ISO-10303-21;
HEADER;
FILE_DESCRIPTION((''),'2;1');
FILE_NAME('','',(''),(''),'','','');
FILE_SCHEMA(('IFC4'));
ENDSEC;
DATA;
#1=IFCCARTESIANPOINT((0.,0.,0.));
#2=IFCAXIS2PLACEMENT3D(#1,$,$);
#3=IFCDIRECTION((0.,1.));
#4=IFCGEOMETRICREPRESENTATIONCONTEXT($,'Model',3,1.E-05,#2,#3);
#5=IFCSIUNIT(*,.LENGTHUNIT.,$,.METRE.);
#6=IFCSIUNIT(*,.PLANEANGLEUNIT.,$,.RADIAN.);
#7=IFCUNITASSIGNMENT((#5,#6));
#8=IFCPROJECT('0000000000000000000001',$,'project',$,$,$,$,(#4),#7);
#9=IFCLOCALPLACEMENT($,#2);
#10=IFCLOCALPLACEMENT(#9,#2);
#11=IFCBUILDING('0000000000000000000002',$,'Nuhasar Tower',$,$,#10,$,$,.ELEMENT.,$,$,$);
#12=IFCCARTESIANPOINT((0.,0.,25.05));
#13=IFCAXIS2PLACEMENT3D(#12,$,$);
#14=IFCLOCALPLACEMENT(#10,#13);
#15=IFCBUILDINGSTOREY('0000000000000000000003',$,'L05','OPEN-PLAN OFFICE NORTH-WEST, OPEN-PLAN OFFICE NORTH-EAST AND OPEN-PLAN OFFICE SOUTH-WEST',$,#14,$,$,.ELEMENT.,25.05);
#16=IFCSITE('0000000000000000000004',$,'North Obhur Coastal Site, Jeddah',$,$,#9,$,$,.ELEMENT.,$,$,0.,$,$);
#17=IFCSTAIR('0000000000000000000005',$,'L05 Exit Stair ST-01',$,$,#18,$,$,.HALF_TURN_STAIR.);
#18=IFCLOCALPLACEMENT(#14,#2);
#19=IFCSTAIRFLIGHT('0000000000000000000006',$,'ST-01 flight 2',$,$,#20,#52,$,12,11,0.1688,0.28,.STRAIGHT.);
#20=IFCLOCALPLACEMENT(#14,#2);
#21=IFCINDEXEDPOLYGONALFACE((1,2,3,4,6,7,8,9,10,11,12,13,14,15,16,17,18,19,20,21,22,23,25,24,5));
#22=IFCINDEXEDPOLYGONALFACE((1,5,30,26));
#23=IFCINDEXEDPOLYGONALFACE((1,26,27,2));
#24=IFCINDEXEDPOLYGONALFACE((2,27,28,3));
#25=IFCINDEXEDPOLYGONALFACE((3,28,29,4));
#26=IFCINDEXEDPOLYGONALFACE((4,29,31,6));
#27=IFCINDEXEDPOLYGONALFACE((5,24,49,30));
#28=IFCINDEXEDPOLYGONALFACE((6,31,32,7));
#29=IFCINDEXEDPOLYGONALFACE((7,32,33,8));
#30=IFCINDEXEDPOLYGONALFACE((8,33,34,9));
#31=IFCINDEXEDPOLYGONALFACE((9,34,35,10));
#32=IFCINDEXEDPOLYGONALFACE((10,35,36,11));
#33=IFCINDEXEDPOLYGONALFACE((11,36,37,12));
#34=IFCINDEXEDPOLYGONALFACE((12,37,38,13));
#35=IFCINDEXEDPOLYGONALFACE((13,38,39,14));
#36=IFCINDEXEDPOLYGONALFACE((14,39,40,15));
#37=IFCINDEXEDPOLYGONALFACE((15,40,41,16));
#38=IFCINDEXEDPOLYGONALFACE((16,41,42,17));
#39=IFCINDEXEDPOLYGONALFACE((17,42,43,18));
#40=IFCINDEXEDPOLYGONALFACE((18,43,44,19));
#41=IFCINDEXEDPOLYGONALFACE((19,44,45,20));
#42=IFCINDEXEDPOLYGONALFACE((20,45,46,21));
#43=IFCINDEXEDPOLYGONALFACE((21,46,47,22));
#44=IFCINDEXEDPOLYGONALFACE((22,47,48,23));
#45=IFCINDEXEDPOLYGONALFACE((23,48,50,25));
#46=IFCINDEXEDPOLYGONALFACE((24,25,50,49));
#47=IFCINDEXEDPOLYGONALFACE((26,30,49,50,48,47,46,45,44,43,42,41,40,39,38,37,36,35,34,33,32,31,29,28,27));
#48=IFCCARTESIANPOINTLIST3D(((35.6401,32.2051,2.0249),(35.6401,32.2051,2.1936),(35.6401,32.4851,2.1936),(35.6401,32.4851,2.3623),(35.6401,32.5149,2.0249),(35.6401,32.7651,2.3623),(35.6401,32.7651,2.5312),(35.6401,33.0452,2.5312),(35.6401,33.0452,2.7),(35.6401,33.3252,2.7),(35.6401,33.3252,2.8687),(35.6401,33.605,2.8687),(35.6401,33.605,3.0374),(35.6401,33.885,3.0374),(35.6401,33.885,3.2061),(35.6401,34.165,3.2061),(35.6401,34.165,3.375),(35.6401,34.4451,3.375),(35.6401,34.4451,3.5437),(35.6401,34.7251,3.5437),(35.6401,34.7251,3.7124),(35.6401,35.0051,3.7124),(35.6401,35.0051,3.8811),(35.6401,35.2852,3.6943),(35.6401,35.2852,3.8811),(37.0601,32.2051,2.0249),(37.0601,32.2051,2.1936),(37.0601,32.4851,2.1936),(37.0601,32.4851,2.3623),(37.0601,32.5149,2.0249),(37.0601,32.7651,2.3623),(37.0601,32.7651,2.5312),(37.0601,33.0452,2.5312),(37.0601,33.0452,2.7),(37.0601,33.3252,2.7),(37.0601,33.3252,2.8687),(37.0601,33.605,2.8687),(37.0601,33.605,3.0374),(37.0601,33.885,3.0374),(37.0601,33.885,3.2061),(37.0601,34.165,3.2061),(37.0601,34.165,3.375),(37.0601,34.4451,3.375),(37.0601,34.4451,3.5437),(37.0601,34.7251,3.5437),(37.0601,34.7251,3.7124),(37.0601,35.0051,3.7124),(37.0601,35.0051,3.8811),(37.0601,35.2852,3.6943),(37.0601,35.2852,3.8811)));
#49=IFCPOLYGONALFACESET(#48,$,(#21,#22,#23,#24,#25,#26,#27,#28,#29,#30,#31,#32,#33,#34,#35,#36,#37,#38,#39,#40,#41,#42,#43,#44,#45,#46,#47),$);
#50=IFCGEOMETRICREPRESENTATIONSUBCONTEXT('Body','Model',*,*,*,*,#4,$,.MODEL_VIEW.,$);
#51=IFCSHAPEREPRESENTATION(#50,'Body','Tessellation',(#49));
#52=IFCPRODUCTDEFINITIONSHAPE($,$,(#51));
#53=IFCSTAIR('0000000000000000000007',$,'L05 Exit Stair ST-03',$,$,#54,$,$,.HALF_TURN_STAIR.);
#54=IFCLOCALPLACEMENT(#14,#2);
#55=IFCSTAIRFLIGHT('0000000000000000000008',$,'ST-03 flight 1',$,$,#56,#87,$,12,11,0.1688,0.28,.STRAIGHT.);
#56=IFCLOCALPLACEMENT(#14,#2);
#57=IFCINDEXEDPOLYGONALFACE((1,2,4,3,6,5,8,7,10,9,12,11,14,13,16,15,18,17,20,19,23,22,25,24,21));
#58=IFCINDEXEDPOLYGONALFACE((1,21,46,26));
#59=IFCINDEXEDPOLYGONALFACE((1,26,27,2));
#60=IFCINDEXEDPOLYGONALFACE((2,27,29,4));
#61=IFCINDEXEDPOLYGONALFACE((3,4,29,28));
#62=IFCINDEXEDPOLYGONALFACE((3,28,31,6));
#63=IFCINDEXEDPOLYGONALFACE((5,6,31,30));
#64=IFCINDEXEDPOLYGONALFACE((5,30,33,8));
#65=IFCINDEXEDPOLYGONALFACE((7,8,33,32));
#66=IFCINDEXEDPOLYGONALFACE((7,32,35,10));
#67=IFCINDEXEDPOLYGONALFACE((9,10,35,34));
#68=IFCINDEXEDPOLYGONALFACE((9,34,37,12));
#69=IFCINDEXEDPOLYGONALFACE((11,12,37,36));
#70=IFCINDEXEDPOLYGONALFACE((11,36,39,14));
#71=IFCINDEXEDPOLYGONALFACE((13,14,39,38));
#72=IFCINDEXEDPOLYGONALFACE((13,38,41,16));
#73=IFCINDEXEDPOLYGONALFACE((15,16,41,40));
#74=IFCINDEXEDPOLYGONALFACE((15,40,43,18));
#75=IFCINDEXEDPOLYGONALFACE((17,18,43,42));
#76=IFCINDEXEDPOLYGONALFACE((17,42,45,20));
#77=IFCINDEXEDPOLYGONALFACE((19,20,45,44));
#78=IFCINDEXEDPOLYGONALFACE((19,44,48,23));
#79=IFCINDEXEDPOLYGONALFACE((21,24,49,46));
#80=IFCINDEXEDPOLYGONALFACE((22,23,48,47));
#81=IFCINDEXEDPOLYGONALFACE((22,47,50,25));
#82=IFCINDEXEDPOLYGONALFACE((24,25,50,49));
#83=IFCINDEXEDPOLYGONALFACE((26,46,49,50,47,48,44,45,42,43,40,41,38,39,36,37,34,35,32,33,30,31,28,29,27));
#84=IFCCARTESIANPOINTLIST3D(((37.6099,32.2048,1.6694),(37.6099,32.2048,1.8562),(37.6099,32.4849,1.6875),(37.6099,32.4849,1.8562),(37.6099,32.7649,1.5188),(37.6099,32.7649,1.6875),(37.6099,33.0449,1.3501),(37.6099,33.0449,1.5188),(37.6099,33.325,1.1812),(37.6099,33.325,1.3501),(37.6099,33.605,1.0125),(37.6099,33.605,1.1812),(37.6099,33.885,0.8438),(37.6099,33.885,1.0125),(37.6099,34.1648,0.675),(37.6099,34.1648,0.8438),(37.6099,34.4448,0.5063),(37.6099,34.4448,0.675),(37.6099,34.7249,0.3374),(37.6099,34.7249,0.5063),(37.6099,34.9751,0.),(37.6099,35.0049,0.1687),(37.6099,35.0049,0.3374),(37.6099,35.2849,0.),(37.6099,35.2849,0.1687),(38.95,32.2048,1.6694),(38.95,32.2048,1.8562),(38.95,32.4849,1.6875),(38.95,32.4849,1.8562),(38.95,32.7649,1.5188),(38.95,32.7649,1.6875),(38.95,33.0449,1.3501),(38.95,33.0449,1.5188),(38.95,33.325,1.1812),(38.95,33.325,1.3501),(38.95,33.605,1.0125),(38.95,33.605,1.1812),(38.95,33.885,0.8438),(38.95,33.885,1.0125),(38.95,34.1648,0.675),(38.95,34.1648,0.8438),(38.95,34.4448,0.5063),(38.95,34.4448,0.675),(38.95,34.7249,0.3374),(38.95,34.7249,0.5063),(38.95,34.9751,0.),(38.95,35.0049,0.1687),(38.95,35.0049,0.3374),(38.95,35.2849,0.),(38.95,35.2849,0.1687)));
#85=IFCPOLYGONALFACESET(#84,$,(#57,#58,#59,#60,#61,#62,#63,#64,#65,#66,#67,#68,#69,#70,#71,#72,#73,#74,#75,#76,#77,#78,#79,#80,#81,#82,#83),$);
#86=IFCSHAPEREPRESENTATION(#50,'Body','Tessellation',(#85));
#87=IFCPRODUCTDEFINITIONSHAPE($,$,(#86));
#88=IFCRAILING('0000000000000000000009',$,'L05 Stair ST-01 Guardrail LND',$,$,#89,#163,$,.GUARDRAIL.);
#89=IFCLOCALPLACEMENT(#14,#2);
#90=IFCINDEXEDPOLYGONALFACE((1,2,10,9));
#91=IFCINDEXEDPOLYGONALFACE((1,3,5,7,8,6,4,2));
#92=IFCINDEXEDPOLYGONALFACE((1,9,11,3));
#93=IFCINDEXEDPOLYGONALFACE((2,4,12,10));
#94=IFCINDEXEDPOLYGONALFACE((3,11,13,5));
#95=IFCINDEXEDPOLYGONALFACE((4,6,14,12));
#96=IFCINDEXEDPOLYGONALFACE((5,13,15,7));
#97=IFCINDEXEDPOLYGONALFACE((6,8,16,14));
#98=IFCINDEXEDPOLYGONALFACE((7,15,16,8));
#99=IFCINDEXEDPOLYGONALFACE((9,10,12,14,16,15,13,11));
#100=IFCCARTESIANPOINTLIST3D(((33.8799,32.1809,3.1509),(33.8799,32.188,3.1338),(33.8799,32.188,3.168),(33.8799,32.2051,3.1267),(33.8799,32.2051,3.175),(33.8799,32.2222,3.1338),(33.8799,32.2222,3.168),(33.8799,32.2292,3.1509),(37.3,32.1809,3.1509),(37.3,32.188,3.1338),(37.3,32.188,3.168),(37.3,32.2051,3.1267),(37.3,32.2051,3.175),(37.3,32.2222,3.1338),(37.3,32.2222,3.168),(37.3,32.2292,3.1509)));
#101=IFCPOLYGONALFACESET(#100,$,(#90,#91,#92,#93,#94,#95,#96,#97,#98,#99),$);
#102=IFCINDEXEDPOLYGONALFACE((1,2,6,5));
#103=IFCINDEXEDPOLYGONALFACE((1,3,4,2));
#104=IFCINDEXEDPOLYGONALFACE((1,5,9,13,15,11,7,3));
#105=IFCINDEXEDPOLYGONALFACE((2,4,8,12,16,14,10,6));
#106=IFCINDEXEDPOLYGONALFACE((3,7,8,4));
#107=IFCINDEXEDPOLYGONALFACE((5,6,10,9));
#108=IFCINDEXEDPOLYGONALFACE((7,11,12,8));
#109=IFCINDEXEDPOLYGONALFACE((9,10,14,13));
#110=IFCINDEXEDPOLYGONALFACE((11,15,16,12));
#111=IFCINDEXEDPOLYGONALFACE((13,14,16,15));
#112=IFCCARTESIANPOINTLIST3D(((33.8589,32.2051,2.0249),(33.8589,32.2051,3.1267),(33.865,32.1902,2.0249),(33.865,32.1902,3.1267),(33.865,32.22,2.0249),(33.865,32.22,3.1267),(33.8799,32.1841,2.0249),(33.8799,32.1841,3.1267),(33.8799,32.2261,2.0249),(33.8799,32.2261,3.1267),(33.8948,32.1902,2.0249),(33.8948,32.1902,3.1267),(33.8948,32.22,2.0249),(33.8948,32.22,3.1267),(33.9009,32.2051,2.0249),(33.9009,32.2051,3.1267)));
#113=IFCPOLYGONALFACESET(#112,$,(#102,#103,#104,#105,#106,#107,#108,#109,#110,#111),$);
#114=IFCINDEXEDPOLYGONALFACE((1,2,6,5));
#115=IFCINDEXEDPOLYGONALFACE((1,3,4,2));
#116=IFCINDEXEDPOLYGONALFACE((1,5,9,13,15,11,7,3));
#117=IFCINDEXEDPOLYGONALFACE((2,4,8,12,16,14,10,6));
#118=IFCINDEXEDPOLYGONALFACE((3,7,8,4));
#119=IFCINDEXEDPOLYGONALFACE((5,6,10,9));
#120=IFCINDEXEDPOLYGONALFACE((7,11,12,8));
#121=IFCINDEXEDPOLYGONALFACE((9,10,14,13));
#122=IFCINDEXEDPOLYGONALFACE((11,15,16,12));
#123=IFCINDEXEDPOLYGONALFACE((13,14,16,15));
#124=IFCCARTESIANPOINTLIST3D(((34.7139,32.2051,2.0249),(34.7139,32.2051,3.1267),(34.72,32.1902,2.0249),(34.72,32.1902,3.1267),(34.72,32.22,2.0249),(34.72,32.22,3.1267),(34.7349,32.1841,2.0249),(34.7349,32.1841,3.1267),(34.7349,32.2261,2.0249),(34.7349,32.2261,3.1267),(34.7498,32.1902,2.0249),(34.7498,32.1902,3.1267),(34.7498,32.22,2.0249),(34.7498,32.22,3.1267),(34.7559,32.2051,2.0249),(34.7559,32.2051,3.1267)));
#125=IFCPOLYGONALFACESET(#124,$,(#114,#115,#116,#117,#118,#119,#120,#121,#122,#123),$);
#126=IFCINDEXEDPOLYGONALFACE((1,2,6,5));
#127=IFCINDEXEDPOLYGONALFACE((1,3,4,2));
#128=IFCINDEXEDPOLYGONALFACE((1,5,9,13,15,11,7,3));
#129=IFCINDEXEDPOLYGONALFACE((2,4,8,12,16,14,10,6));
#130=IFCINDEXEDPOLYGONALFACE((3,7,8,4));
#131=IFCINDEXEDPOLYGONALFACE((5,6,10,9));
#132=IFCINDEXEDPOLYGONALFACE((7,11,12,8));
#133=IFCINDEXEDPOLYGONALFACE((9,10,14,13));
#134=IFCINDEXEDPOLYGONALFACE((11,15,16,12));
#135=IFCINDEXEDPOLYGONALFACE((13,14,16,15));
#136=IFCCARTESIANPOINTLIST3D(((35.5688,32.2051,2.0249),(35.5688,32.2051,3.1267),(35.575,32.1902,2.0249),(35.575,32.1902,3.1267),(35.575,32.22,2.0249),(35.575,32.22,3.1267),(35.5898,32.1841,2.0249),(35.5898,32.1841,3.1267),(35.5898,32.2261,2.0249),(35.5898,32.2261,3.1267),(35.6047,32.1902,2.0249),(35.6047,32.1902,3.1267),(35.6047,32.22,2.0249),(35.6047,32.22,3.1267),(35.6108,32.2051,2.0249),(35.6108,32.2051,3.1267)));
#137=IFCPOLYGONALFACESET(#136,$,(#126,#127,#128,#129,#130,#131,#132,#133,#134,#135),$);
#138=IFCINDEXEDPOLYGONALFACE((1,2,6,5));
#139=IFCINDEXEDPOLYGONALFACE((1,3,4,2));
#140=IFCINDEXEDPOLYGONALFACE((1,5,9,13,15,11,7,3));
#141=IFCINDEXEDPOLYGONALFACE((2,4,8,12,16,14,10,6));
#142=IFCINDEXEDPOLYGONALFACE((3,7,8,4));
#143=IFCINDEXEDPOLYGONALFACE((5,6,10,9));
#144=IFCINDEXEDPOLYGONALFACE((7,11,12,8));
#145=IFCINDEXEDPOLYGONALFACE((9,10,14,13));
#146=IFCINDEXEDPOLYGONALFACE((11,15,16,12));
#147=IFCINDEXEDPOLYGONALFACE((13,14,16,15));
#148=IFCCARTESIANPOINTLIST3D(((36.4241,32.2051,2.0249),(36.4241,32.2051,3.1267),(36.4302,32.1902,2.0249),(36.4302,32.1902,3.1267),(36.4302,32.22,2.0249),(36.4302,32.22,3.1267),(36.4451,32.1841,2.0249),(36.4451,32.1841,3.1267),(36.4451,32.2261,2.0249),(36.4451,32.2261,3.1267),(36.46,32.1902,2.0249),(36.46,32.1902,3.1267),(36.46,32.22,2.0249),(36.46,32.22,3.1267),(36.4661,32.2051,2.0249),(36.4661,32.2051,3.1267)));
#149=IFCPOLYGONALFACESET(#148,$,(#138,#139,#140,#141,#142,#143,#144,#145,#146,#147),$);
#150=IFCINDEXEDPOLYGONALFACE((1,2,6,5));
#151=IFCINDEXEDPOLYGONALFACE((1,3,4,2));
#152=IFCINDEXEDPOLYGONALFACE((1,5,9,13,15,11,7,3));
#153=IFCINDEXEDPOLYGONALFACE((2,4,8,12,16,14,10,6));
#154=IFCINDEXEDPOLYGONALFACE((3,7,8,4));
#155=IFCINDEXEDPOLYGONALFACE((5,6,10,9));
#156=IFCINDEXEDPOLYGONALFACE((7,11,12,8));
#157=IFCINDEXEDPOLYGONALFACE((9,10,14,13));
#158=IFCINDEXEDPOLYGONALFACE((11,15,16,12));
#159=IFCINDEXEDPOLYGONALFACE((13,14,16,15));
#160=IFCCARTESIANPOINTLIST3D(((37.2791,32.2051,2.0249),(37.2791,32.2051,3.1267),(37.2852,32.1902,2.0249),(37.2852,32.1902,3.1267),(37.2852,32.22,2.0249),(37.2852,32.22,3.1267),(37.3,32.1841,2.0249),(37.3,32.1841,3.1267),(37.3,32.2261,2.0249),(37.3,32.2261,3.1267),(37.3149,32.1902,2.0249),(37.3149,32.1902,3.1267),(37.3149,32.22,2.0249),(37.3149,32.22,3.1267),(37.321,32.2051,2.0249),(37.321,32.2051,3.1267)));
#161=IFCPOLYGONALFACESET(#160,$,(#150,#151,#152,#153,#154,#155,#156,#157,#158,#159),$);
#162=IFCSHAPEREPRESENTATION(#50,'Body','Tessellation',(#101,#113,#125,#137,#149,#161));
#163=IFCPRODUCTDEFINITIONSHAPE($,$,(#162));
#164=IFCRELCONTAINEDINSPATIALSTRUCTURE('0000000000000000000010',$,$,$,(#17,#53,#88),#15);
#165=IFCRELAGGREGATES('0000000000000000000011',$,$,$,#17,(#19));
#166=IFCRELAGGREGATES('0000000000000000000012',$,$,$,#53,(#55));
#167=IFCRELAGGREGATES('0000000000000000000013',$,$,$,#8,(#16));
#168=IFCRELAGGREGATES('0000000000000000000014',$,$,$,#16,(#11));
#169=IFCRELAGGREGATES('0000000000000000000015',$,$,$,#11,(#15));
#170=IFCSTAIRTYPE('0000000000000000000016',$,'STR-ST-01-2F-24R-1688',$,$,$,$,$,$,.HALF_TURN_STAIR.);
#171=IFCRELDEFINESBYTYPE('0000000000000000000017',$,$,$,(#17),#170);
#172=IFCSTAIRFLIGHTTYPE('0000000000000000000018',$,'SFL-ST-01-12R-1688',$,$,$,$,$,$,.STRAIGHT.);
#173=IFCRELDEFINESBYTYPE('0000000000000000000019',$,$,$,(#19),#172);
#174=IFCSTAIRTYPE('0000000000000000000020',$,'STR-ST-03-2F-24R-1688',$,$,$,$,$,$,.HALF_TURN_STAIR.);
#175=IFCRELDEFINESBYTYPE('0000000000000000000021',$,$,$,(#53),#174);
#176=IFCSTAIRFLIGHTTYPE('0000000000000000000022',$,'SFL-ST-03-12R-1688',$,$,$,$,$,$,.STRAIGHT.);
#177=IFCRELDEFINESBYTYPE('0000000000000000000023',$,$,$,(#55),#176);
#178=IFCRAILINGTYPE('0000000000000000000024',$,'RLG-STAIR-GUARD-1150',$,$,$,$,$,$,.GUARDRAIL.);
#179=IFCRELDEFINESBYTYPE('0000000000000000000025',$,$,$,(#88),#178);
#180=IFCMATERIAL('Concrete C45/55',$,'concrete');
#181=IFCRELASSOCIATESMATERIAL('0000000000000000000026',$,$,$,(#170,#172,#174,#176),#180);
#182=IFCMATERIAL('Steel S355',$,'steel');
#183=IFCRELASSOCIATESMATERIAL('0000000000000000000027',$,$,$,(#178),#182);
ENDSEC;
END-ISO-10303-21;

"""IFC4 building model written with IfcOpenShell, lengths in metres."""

from ifc_helpers import new_model, si_unit, direction, frame, origin, place, context, subcontext, project, spatial, polyline, outline, extrude, material, type_object, element, aggregate, save


model = new_model("IFC4")

# Units and contexts
model_context = context("Model", 3, precision=1e-05, world=origin(), true_north=direction((0.0, 1.0)))
body_context = subcontext(model_context, "Body", "Model", "MODEL_VIEW")
ifc_project = project(units=[si_unit("LENGTHUNIT", "METRE"), si_unit("PLANEANGLEUNIT", "RADIAN")], contexts=[model_context])

# Site, building, storey
site_placement = place(None, origin())
site = spatial("IfcSite", under=ifc_project, at=site_placement, Name="North Obhur Coastal Site, Jeddah", CompositionType="ELEMENT", RefElevation=0.0)
building_placement = place(site_placement, origin())
building = spatial("IfcBuilding", under=site, at=building_placement, Name="Nuhasar Tower", CompositionType="ELEMENT")
storey_placement = place(building_placement, frame((0.0, 0.0, 25.05)))
storey = spatial("IfcBuildingStorey", under=building, at=storey_placement, Name="L05", Description="OPEN-PLAN OFFICE NORTH-WEST, OPEN-PLAN OFFICE NORTH-EAST AND OPEN-PLAN OFFICE SOUTH-WEST", CompositionType="ELEMENT", Elevation=25.05)

# Shared definitions
ifc_material_1 = material(Name="Steel S355", Category="steel")

# Shared definitions
ifc_material_2 = material(Name="Concrete C45/55", Category="concrete")

# Stair, stair flight
stair_type_1 = type_object("IfcStairType", Name="STR-ST-01-2F-24R-1688", PredefinedType="HALF_TURN_STAIR", material=ifc_material_2)
stair_1_placement = place(storey_placement, origin())
stair_1 = element("IfcStair", 1, at=stair_1_placement, inside=storey, type_object=stair_type_1, Name="L05 Exit Stair ST-01", PredefinedType="HALF_TURN_STAIR")
stair_flight_type_1 = type_object("IfcStairFlightType", Name="SFL-ST-01-12R-1688", PredefinedType="STRAIGHT", material=ifc_material_2)
stair_flight_1_placement = place(storey_placement, frame((36.3501, 32.2051, 2.0249), z_axis=(0.0, 0.0, 1.0), x_axis=(0.0, 1.0, 0.0)))
stair_flight_1 = element("IfcStairFlight", 2, at=stair_flight_1_placement, type_object=stair_flight_type_1, Name="ST-01 flight 2", NumberOfRisers=12, NumberOfTreads=11, PredefinedType="STRAIGHT", RiserHeight=0.1688, TreadLength=0.28, context=body_context, shape_type="SweptSolid", body=[
    extrude(outline(polyline([(0.0, 0.0), (0.0, 0.1687), (0.28, 0.1687), (0.28, 0.3374), (0.5601, 0.3374), (0.5601, 0.5063), (0.8401, 0.5063), (0.8401, 0.675), (1.1201, 0.675), (1.1201, 0.8438), (1.3999, 0.8438), (1.3999, 1.0125), (1.6799, 1.0125), (1.6799, 1.1812), (1.96, 1.1812), (1.96, 1.3501), (2.24, 1.3501), (2.24, 1.5188), (2.52, 1.5188), (2.52, 1.6875), (2.8, 1.6875), (2.8, 1.8562), (3.0801, 1.8562), (3.0801, 2.0249), (3.0801, 1.6694), (0.3098, 0.0), (0.0, 0.0)])), frame((0.0, 0.71, 0.0), z_axis=(0.0, -1.0, 0.0), x_axis=(1.0, 0.0, 0.0)), (0.0, 0.0, 1.0), 1.4199),
])
aggregate(stair_1, [stair_flight_1])

# Stair, stair flight
stair_type_2 = type_object("IfcStairType", Name="STR-ST-03-2F-24R-1688", PredefinedType="HALF_TURN_STAIR", material=ifc_material_2)
stair_2_placement = place(storey_placement, origin())
stair_2 = element("IfcStair", 3, at=stair_2_placement, inside=storey, type_object=stair_type_2, Name="L05 Exit Stair ST-03", PredefinedType="HALF_TURN_STAIR")
stair_flight_type_2 = type_object("IfcStairFlightType", Name="SFL-ST-03-12R-1688", PredefinedType="STRAIGHT", material=ifc_material_2)
stair_flight_2_placement = place(storey_placement, frame((38.28, 35.2849, 0.0), z_axis=(0.0, 0.0, 1.0), x_axis=(0.0, -1.0, 0.0)))
stair_flight_2 = element("IfcStairFlight", 4, at=stair_flight_2_placement, type_object=stair_flight_type_2, Name="ST-03 flight 1", NumberOfRisers=12, NumberOfTreads=11, PredefinedType="STRAIGHT", RiserHeight=0.1688, TreadLength=0.28, context=body_context, shape_type="SweptSolid", body=[
    extrude(outline(polyline([(0.0, 0.0), (0.0, 0.1687), (0.28, 0.1687), (0.28, 0.3374), (0.5601, 0.3374), (0.5601, 0.5063), (0.8401, 0.5063), (0.8401, 0.675), (1.1201, 0.675), (1.1201, 0.8438), (1.3999, 0.8438), (1.3999, 1.0125), (1.6799, 1.0125), (1.6799, 1.1812), (1.96, 1.1812), (1.96, 1.3501), (2.24, 1.3501), (2.24, 1.5188), (2.52, 1.5188), (2.52, 1.6875), (2.8, 1.6875), (2.8, 1.8562), (3.0801, 1.8562), (3.0801, 2.0249), (3.0801, 1.6694), (0.3098, 0.0), (0.0, 0.0)])), frame((0.0, 0.6699, 0.0), z_axis=(0.0, -1.0, 0.0), x_axis=(1.0, 0.0, 0.0)), (0.0, 0.0, 1.0), 1.3401),
])
aggregate(stair_2, [stair_flight_2])

# Railing
railing_type_1 = type_object("IfcRailingType", Name="RLG-STAIR-GUARD-1150", PredefinedType="GUARDRAIL", material=ifc_material_1)
railing_1_placement = place(storey_placement, frame((33.8799, 32.2051, 2.0249)))
element("IfcRailing", 5, at=railing_1_placement, inside=storey, type_object=railing_type_1, Name="L05 Stair ST-01 Guardrail LND", PredefinedType="GUARDRAIL", context=body_context, shape_type="SweptSolid", body=[
    extrude(outline(polyline([(0.0242, 0.0), (0.0171, 0.0171), (0.0, 0.0242), (-0.0171, 0.0171), (-0.0242, 0.0), (-0.0171, -0.0171), (0.0, -0.0242), (0.0171, -0.0171), (0.0242, 0.0)])), frame((0.0, 0.0, 1.126), z_axis=(1.0, 0.0, 0.0), x_axis=(0.0, 1.0, 0.0)), (0.0, 0.0, 1.0), 3.4202),
    extrude(outline(polyline([(0.021, 0.0), (0.0149, 0.0149), (0.0, 0.021), (-0.0149, 0.0149), (-0.021, 0.0), (-0.0149, -0.0149), (0.0, -0.021), (0.0149, -0.0149), (0.021, 0.0)])), origin(), (0.0, 0.0, 1.0), 1.1018),
    extrude(outline(polyline([(0.021, 0.0), (0.0149, 0.0149), (0.0, 0.021), (-0.0149, 0.0149), (-0.021, 0.0), (-0.0149, -0.0149), (0.0, -0.021), (0.0149, -0.0149), (0.021, 0.0)])), frame((0.855, 0.0, 0.0)), (0.0, 0.0, 1.0), 1.1018),
    extrude(outline(polyline([(0.021, 0.0), (0.0149, 0.0149), (0.0, 0.021), (-0.0149, 0.0149), (-0.021, 0.0), (-0.0149, -0.0149), (0.0, -0.021), (0.0149, -0.0149), (0.021, 0.0)])), frame((1.71, 0.0, 0.0)), (0.0, 0.0, 1.0), 1.1018),
    extrude(outline(polyline([(0.021, 0.0), (0.0149, 0.0149), (0.0, 0.021), (-0.0149, 0.0149), (-0.021, 0.0), (-0.0149, -0.0149), (0.0, -0.021), (0.0149, -0.0149), (0.021, 0.0)])), frame((2.5652, 0.0, 0.0)), (0.0, 0.0, 1.0), 1.1018),
    extrude(outline(polyline([(0.021, 0.0), (0.0149, 0.0149), (0.0, 0.021), (-0.0149, 0.0149), (-0.021, 0.0), (-0.0149, -0.0149), (0.0, -0.021), (0.0149, -0.0149), (0.021, 0.0)])), frame((3.4202, 0.0, 0.0)), (0.0, 0.0, 1.0), 1.1018),
])

save(model, "model.ifc")
